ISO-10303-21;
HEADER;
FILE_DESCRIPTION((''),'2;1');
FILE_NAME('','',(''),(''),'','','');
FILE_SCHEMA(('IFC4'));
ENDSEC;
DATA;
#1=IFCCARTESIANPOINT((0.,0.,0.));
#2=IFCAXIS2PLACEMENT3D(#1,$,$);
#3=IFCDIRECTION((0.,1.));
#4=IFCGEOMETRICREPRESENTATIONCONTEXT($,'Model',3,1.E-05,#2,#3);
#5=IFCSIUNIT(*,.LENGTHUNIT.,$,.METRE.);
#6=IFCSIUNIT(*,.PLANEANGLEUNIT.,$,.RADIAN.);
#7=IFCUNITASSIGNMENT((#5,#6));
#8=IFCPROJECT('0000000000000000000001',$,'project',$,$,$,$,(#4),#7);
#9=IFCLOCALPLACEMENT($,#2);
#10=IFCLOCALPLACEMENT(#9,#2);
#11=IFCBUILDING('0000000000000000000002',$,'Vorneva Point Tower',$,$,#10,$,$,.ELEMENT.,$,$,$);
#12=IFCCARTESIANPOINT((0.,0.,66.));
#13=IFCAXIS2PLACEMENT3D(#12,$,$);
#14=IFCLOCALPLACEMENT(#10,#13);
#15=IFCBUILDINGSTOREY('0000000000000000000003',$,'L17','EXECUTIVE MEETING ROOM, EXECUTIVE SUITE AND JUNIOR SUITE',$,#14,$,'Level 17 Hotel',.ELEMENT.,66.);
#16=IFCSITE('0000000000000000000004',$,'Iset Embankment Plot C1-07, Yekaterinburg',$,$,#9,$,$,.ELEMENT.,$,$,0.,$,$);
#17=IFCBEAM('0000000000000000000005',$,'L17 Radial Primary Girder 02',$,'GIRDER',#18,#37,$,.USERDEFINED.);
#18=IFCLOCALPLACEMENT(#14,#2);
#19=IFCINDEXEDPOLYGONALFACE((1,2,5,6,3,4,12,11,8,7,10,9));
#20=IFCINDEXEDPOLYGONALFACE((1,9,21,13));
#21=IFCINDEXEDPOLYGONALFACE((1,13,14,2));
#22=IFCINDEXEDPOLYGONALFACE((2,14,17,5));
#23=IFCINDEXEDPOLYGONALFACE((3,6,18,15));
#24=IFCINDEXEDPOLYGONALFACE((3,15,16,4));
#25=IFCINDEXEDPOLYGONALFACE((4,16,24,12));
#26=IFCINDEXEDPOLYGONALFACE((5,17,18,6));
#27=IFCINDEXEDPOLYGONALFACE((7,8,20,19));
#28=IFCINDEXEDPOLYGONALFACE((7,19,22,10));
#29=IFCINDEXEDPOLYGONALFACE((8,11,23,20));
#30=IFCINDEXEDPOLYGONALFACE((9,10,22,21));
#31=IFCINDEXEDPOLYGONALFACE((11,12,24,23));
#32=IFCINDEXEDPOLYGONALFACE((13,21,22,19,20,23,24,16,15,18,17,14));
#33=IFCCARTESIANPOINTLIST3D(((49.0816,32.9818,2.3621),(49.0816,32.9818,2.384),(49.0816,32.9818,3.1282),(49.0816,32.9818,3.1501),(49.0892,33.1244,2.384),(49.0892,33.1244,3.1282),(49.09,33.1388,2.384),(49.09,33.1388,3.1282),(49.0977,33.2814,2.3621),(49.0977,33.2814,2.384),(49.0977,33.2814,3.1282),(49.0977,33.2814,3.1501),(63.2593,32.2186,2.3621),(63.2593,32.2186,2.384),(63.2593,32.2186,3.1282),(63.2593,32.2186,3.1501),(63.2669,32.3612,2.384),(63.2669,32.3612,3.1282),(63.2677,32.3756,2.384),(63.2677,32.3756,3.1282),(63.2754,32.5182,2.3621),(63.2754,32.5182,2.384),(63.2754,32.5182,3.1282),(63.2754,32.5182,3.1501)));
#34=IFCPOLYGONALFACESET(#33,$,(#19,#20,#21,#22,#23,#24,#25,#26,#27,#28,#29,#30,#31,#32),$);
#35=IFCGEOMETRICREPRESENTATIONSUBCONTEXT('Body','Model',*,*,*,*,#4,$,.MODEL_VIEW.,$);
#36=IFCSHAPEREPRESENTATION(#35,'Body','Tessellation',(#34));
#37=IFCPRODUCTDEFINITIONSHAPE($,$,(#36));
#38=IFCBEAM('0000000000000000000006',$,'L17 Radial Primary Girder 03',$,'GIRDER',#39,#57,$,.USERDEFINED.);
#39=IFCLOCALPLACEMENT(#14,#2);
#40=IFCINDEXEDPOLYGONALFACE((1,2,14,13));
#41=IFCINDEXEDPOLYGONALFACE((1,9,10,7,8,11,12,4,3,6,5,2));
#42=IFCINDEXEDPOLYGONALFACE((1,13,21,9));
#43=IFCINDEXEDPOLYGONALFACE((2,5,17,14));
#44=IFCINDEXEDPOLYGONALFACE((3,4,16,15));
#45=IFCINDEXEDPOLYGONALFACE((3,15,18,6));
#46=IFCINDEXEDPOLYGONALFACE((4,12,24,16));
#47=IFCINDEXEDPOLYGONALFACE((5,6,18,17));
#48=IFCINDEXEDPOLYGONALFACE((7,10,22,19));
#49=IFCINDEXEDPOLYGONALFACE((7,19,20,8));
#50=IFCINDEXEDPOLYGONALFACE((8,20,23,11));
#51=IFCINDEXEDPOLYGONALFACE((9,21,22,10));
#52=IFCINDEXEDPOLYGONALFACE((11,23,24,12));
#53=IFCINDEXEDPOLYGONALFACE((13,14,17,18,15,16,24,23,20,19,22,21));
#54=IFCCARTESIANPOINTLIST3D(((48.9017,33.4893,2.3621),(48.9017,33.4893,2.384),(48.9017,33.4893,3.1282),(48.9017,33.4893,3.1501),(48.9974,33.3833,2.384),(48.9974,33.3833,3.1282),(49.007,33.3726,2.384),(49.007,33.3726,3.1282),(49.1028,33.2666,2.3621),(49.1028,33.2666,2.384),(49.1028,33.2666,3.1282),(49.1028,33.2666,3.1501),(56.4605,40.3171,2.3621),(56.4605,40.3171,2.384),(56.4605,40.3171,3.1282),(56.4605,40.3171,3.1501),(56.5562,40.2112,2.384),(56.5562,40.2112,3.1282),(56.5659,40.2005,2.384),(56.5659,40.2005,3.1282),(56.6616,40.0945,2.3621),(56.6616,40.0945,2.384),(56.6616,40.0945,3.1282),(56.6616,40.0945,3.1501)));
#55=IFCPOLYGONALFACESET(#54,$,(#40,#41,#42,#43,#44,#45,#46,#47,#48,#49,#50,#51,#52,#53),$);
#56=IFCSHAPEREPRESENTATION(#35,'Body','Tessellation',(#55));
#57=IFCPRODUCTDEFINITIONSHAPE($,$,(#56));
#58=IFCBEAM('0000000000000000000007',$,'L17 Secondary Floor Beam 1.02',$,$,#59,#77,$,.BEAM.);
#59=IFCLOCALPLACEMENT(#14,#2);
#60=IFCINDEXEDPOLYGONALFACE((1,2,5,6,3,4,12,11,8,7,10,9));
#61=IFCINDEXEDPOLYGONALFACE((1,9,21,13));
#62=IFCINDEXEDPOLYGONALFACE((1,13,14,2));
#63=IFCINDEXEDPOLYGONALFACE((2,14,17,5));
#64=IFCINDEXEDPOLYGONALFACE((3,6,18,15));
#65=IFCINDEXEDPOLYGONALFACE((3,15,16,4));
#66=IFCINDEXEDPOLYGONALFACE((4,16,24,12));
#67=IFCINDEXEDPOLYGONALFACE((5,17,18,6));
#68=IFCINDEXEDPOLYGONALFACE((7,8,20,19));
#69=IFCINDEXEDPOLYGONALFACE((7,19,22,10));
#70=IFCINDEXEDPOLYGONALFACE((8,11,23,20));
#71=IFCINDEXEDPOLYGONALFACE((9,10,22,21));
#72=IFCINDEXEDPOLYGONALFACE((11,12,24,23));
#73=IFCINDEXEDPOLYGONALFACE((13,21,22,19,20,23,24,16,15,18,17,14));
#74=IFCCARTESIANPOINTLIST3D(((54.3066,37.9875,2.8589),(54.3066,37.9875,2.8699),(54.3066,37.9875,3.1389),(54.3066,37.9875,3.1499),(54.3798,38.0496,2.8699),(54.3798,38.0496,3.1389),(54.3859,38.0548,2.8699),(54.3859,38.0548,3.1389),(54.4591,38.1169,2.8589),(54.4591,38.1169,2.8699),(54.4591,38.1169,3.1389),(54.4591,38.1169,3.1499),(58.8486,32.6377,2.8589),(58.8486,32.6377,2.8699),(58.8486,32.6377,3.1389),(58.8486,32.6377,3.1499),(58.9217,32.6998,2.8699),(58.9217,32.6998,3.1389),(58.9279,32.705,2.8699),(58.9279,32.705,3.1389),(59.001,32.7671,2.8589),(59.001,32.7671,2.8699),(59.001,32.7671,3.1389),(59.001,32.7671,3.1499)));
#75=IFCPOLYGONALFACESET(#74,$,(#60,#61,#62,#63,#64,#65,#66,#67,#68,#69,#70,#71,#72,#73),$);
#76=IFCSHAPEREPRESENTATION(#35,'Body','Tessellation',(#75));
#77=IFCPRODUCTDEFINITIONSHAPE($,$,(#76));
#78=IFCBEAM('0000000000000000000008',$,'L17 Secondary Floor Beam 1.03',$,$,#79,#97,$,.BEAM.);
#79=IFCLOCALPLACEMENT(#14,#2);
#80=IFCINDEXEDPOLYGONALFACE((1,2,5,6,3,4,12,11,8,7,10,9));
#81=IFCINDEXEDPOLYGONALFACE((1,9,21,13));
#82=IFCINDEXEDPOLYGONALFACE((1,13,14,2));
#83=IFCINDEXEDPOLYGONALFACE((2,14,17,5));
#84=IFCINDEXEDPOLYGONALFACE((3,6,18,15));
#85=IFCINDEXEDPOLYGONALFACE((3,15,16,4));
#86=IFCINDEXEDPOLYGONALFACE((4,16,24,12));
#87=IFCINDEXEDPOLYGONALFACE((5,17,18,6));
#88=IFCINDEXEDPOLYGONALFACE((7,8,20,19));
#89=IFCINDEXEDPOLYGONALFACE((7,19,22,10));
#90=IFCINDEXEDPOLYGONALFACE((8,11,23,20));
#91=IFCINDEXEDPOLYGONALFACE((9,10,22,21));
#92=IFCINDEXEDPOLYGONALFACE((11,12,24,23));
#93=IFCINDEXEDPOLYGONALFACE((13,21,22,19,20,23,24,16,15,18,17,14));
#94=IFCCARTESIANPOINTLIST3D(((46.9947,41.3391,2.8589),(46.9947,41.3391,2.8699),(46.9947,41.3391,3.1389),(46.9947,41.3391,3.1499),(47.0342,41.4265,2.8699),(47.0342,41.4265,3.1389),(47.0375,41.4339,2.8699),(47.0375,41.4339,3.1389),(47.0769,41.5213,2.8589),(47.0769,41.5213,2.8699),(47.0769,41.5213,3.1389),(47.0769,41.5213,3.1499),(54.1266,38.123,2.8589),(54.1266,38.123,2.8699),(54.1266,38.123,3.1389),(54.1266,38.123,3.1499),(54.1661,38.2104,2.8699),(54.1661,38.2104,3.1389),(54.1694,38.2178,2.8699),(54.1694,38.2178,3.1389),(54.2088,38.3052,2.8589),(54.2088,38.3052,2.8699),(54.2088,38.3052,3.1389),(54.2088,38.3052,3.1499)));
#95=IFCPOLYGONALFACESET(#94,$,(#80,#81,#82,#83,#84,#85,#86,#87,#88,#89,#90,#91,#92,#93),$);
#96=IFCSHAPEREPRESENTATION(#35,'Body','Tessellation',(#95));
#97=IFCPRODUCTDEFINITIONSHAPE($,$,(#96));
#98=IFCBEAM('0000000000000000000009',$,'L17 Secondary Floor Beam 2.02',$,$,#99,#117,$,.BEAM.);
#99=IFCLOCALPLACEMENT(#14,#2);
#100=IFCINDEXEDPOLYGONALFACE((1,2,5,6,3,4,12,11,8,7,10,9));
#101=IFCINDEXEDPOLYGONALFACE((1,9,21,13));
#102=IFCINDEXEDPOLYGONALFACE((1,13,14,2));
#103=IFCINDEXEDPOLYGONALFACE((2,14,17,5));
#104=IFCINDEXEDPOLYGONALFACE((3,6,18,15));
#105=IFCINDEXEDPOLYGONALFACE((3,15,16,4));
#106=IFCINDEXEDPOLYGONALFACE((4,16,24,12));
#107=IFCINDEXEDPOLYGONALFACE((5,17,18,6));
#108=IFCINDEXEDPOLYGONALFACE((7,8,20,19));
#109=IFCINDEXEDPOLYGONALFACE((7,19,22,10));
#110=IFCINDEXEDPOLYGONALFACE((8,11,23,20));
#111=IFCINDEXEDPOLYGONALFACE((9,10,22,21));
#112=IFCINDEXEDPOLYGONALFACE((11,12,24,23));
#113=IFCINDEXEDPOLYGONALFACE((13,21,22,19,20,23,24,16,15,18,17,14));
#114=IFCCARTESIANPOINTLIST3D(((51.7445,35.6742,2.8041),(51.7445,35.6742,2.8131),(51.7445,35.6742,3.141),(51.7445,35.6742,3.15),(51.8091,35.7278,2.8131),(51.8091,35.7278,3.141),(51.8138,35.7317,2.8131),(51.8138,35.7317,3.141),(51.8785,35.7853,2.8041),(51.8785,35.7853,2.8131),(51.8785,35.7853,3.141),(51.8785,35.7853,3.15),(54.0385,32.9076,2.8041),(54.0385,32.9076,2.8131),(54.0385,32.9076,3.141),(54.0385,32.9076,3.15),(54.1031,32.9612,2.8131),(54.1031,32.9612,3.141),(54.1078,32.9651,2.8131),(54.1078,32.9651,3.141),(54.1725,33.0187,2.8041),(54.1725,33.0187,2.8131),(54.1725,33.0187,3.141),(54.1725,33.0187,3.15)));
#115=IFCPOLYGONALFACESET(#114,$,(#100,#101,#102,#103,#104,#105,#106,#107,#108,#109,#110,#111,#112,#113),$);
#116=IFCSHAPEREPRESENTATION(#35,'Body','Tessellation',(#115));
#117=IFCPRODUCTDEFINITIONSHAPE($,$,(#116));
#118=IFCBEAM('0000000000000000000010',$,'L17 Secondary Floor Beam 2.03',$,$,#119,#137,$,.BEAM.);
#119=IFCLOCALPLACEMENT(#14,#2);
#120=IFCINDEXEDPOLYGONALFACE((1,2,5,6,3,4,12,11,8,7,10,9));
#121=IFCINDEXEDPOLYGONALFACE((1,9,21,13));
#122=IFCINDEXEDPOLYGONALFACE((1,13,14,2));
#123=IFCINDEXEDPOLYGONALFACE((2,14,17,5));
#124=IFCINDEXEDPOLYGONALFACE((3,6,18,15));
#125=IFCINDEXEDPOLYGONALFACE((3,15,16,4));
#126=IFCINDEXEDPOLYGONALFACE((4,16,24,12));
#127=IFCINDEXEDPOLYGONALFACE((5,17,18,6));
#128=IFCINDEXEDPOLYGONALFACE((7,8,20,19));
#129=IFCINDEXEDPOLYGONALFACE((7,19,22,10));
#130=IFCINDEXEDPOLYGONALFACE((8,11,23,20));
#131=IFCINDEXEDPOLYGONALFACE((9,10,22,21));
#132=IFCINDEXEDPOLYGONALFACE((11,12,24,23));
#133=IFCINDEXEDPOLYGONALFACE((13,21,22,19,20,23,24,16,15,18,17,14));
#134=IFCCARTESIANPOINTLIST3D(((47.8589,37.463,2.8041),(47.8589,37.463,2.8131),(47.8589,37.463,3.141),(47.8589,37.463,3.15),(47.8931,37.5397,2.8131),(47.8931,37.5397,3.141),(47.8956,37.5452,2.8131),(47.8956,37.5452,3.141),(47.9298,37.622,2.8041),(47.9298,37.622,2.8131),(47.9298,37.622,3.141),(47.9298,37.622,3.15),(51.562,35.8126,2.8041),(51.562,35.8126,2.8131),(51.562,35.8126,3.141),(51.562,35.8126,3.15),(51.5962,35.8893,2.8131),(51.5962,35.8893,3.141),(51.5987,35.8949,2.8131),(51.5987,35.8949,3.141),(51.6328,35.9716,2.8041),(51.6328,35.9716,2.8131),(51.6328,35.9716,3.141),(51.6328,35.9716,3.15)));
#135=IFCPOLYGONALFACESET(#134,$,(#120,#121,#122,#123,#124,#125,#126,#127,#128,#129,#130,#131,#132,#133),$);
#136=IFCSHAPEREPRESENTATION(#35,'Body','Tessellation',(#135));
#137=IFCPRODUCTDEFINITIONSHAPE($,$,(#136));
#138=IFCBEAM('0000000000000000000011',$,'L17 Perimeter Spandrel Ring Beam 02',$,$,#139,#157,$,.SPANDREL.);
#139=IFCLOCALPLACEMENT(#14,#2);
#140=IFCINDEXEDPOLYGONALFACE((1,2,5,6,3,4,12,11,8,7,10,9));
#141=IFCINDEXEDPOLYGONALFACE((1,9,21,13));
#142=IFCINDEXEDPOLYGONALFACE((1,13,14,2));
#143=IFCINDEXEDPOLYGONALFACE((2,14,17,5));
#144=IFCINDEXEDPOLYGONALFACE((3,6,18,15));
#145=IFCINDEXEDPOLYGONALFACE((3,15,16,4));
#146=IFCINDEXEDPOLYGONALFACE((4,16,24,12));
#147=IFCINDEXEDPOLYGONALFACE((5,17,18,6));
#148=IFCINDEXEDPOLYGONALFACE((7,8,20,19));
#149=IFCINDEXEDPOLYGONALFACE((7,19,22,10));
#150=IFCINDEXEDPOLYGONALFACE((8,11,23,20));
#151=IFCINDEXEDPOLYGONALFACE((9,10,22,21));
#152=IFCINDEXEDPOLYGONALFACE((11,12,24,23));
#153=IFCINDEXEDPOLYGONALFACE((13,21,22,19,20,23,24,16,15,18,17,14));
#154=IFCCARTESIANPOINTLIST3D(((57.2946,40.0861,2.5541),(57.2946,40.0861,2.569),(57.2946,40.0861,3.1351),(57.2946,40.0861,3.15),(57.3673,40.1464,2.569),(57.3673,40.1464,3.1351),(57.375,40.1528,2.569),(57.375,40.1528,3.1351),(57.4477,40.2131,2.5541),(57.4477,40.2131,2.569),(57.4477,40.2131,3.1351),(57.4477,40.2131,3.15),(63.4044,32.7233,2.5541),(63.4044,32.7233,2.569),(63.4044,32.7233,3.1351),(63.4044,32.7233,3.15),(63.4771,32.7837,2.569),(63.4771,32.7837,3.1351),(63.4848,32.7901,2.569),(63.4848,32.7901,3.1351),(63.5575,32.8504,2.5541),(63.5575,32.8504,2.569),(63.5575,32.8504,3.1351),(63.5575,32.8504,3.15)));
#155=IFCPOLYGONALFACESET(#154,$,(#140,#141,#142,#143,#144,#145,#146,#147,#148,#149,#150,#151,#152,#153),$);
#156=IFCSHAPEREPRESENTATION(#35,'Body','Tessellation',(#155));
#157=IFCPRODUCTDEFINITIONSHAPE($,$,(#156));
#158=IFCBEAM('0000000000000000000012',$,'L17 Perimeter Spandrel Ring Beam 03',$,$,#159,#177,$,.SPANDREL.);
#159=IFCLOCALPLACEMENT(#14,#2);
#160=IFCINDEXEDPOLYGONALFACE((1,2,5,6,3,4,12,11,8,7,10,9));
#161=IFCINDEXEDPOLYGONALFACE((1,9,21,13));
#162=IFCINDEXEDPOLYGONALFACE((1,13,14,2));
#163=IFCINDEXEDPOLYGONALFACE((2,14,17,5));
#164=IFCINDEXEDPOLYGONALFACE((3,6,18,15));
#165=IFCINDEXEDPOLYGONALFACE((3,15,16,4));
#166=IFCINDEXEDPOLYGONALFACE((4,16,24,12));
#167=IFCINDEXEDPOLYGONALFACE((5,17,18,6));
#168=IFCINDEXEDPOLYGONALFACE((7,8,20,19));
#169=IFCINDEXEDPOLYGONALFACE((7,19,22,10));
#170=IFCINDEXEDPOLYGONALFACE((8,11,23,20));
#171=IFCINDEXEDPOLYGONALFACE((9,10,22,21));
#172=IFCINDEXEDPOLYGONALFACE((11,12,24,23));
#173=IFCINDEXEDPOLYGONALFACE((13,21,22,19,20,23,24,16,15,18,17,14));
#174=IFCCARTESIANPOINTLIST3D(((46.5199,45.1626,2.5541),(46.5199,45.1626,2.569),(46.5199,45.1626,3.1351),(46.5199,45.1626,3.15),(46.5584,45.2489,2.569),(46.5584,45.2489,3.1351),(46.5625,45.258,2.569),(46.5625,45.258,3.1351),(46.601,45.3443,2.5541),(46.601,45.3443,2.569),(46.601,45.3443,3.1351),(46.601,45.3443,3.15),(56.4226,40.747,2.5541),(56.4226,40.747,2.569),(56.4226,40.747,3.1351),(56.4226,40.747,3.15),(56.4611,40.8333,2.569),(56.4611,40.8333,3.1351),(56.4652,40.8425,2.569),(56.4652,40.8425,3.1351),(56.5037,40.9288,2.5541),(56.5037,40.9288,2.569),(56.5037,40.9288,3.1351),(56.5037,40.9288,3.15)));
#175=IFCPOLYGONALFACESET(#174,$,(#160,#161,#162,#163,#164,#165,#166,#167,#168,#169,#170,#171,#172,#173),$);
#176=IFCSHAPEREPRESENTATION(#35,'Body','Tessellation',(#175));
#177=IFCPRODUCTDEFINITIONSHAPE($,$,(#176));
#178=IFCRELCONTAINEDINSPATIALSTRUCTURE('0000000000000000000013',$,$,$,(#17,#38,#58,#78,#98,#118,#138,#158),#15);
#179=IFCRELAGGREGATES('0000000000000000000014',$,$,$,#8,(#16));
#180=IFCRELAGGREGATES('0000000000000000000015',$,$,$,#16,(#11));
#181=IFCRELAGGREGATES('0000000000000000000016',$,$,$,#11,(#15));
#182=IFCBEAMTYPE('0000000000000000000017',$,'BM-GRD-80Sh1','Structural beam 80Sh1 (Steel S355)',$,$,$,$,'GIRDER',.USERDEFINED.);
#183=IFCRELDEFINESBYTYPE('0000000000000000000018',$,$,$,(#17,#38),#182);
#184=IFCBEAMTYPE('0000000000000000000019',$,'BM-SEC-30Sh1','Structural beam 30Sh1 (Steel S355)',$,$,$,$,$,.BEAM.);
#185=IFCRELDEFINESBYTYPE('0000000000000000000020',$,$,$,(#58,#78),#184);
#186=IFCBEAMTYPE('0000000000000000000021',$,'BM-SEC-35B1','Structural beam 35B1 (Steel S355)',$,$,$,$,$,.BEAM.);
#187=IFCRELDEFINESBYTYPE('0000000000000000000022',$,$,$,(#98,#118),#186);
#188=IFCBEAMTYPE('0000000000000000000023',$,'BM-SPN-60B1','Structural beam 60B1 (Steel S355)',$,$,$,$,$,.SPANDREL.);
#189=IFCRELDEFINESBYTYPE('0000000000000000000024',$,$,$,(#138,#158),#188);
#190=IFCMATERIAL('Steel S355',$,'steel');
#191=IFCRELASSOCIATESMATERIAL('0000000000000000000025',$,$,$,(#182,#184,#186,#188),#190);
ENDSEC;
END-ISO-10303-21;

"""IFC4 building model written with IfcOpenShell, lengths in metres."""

from ifc_helpers import new_model, si_unit, direction, frame, origin, origin_2d, place, context, subcontext, project, spatial, i_section, extrude, material, material_profile, profile_set, type_object, element, save


model = new_model("IFC4")

# Units and contexts
model_context = context("Model", 3, precision=1e-05, world=origin(), true_north=direction((0.0, 1.0)))
body_context = subcontext(model_context, "Body", "Model", "MODEL_VIEW")
ifc_project = project(units=[si_unit("LENGTHUNIT", "METRE"), si_unit("PLANEANGLEUNIT", "RADIAN")], contexts=[model_context])

# Site, building, storey
site_placement = place(None, origin())
site = spatial("IfcSite", under=ifc_project, at=site_placement, Name="Iset Embankment Plot C1-07, Yekaterinburg", CompositionType="ELEMENT", RefElevation=0.0)
building_placement = place(site_placement, origin())
building = spatial("IfcBuilding", under=site, at=building_placement, Name="Vorneva Point Tower", CompositionType="ELEMENT")
storey_placement = place(building_placement, frame((0.0, 0.0, 66.0)))
storey = spatial("IfcBuildingStorey", under=building, at=storey_placement, Name="L17", Description="EXECUTIVE MEETING ROOM, EXECUTIVE SUITE AND JUNIOR SUITE", LongName="Level 17 Hotel", CompositionType="ELEMENT", Elevation=66.0)

# Beams
ifc_material_1 = material(Name="Steel S355", Category="steel")
ifc_material_profile_1 = material_profile(ifc_material_1, i_section(OverallWidth=0.3, OverallDepth=0.7881, WebThickness=0.0144, FlangeThickness=0.022, at=origin_2d()), Name="80Sh1")
ifc_profile_set_1 = profile_set([ifc_material_profile_1], Name="Steel S355")
beam_type_1 = type_object("IfcBeamType", Name="BM-GRD-80Sh1", Description="Structural beam 80Sh1 (Steel S355)", ElementType="GIRDER", PredefinedType="USERDEFINED", material=ifc_profile_set_1)
beam_1_placement = place(storey_placement, frame((63.2673, 32.3684, 2.7561), z_axis=(-0.998554, 0.053752, 0.0), x_axis=(-0.053752, -0.998554, 0.0)))
element("IfcBeam", 1, at=beam_1_placement, inside=storey, type_object=beam_type_1, Name="L17 Radial Primary Girder 02", ObjectType="GIRDER", PredefinedType="USERDEFINED", context=body_context, shape_type="SweptSolid", body=[
    extrude(i_section(OverallWidth=0.3, OverallDepth=0.7881, WebThickness=0.0144, FlangeThickness=0.022, at=origin_2d()), origin(), (0.0, 0.0, 1.0), 14.1982),
])
beam_2_placement = place(storey_placement, frame((56.561, 40.2058, 2.7561), z_axis=(-0.742076, -0.670316, 0.0), x_axis=(0.670316, -0.742076, 0.0)))
element("IfcBeam", 2, at=beam_2_placement, inside=storey, type_object=beam_type_1, Name="L17 Radial Primary Girder 03", ObjectType="GIRDER", PredefinedType="USERDEFINED", context=body_context, shape_type="SweptSolid", body=[
    extrude(i_section(OverallWidth=0.3, OverallDepth=0.7881, WebThickness=0.0144, FlangeThickness=0.022, at=origin_2d()), origin(), (0.0, 0.0, 1.0), 10.186),
])
ifc_material_profile_2 = material_profile(ifc_material_1, i_section(OverallWidth=0.2, OverallDepth=0.291, WebThickness=0.0081, FlangeThickness=0.011, at=origin_2d()), Name="30Sh1")
ifc_profile_set_2 = profile_set([ifc_material_profile_2], Name="Steel S355")
beam_type_2 = type_object("IfcBeamType", Name="BM-SEC-30Sh1", Description="Structural beam 30Sh1 (Steel S355)", PredefinedType="BEAM", material=ifc_profile_set_2)
beam_3_placement = place(storey_placement, frame((58.9248, 32.7024, 3.0044), z_axis=(-0.647203, 0.762318, 0.0), x_axis=(-0.762318, -0.647203, 0.0)))
element("IfcBeam", 3, at=beam_3_placement, inside=storey, type_object=beam_type_2, Name="L17 Secondary Floor Beam 1.02", PredefinedType="BEAM", context=body_context, shape_type="SweptSolid", body=[
    extrude(i_section(OverallWidth=0.2, OverallDepth=0.291, WebThickness=0.0081, FlangeThickness=0.011, at=origin_2d()), origin(), (0.0, 0.0, 1.0), 7.0178),
])
beam_4_placement = place(storey_placement, frame((54.1677, 38.2141, 3.0044), z_axis=(-0.911599, 0.411081, 0.0), x_axis=(-0.411081, -0.911599, 0.0)))
element("IfcBeam", 4, at=beam_4_placement, inside=storey, type_object=beam_type_2, Name="L17 Secondary Floor Beam 1.03", PredefinedType="BEAM", context=body_context, shape_type="SweptSolid", body=[
    extrude(i_section(OverallWidth=0.2, OverallDepth=0.291, WebThickness=0.0081, FlangeThickness=0.011, at=origin_2d()), origin(), (0.0, 0.0, 1.0), 7.8235),
])
ifc_material_profile_3 = material_profile(ifc_material_1, i_section(OverallWidth=0.1741, OverallDepth=0.3459, WebThickness=0.0061, FlangeThickness=0.009, at=origin_2d()), Name="35B1")
ifc_profile_set_3 = profile_set([ifc_material_profile_3], Name="Steel S355")
beam_type_3 = type_object("IfcBeamType", Name="BM-SEC-35B1", Description="Structural beam 35B1 (Steel S355)", PredefinedType="BEAM", material=ifc_profile_set_3)
beam_5_placement = place(storey_placement, frame((54.1055, 32.9631, 2.9771), z_axis=(-0.638285, 0.7698, 0.0), x_axis=(-0.7698, -0.638285, 0.0)))
element("IfcBeam", 5, at=beam_5_placement, inside=storey, type_object=beam_type_3, Name="L17 Secondary Floor Beam 2.02", PredefinedType="BEAM", context=body_context, shape_type="SweptSolid", body=[
    extrude(i_section(OverallWidth=0.1741, OverallDepth=0.3459, WebThickness=0.0061, FlangeThickness=0.009, at=origin_2d()), origin(), (0.0, 0.0, 1.0), 3.594),
])
beam_6_placement = place(storey_placement, frame((51.5974, 35.8921, 2.9771), z_axis=(-0.913394, 0.407077, 0.0), x_axis=(-0.407077, -0.913394, 0.0)))
element("IfcBeam", 6, at=beam_6_placement, inside=storey, type_object=beam_type_3, Name="L17 Secondary Floor Beam 2.03", PredefinedType="BEAM", context=body_context, shape_type="SweptSolid", body=[
    extrude(i_section(OverallWidth=0.1741, OverallDepth=0.3459, WebThickness=0.0061, FlangeThickness=0.009, at=origin_2d()), origin(), (0.0, 0.0, 1.0), 4.0542),
])
ifc_material_profile_4 = material_profile(ifc_material_1, i_section(OverallWidth=0.199, OverallDepth=0.5959, WebThickness=0.01, FlangeThickness=0.0149, at=origin_2d()), Name="60B1")
ifc_profile_set_4 = profile_set([ifc_material_profile_4], Name="Steel S355")
beam_type_4 = type_object("IfcBeamType", Name="BM-SPN-60B1", Description="Structural beam 60B1 (Steel S355)", PredefinedType="SPANDREL", material=ifc_profile_set_4)
beam_7_placement = place(storey_placement, frame((63.481, 32.7869, 2.8521), z_axis=(-0.638592, 0.769546, 0.0), x_axis=(-0.769546, -0.638592, 0.0)))
element("IfcBeam", 7, at=beam_7_placement, inside=storey, type_object=beam_type_4, Name="L17 Perimeter Spandrel Ring Beam 02", PredefinedType="SPANDREL", context=body_context, shape_type="SweptSolid", body=[
    extrude(i_section(OverallWidth=0.199, OverallDepth=0.5959, WebThickness=0.01, FlangeThickness=0.0149, at=origin_2d()), origin(), (0.0, 0.0, 1.0), 9.5676),
])
beam_8_placement = place(storey_placement, frame((56.4631, 40.8379, 2.8521), z_axis=(-0.913319, 0.407245, 0.0), x_axis=(-0.407245, -0.913319, 0.0)))
element("IfcBeam", 8, at=beam_8_placement, inside=storey, type_object=beam_type_4, Name="L17 Perimeter Spandrel Ring Beam 03", PredefinedType="SPANDREL", context=body_context, shape_type="SweptSolid", body=[
    extrude(i_section(OverallWidth=0.199, OverallDepth=0.5959, WebThickness=0.01, FlangeThickness=0.0149, at=origin_2d()), origin(), (0.0, 0.0, 1.0), 10.8425),
])

save(model, "model.ifc")
